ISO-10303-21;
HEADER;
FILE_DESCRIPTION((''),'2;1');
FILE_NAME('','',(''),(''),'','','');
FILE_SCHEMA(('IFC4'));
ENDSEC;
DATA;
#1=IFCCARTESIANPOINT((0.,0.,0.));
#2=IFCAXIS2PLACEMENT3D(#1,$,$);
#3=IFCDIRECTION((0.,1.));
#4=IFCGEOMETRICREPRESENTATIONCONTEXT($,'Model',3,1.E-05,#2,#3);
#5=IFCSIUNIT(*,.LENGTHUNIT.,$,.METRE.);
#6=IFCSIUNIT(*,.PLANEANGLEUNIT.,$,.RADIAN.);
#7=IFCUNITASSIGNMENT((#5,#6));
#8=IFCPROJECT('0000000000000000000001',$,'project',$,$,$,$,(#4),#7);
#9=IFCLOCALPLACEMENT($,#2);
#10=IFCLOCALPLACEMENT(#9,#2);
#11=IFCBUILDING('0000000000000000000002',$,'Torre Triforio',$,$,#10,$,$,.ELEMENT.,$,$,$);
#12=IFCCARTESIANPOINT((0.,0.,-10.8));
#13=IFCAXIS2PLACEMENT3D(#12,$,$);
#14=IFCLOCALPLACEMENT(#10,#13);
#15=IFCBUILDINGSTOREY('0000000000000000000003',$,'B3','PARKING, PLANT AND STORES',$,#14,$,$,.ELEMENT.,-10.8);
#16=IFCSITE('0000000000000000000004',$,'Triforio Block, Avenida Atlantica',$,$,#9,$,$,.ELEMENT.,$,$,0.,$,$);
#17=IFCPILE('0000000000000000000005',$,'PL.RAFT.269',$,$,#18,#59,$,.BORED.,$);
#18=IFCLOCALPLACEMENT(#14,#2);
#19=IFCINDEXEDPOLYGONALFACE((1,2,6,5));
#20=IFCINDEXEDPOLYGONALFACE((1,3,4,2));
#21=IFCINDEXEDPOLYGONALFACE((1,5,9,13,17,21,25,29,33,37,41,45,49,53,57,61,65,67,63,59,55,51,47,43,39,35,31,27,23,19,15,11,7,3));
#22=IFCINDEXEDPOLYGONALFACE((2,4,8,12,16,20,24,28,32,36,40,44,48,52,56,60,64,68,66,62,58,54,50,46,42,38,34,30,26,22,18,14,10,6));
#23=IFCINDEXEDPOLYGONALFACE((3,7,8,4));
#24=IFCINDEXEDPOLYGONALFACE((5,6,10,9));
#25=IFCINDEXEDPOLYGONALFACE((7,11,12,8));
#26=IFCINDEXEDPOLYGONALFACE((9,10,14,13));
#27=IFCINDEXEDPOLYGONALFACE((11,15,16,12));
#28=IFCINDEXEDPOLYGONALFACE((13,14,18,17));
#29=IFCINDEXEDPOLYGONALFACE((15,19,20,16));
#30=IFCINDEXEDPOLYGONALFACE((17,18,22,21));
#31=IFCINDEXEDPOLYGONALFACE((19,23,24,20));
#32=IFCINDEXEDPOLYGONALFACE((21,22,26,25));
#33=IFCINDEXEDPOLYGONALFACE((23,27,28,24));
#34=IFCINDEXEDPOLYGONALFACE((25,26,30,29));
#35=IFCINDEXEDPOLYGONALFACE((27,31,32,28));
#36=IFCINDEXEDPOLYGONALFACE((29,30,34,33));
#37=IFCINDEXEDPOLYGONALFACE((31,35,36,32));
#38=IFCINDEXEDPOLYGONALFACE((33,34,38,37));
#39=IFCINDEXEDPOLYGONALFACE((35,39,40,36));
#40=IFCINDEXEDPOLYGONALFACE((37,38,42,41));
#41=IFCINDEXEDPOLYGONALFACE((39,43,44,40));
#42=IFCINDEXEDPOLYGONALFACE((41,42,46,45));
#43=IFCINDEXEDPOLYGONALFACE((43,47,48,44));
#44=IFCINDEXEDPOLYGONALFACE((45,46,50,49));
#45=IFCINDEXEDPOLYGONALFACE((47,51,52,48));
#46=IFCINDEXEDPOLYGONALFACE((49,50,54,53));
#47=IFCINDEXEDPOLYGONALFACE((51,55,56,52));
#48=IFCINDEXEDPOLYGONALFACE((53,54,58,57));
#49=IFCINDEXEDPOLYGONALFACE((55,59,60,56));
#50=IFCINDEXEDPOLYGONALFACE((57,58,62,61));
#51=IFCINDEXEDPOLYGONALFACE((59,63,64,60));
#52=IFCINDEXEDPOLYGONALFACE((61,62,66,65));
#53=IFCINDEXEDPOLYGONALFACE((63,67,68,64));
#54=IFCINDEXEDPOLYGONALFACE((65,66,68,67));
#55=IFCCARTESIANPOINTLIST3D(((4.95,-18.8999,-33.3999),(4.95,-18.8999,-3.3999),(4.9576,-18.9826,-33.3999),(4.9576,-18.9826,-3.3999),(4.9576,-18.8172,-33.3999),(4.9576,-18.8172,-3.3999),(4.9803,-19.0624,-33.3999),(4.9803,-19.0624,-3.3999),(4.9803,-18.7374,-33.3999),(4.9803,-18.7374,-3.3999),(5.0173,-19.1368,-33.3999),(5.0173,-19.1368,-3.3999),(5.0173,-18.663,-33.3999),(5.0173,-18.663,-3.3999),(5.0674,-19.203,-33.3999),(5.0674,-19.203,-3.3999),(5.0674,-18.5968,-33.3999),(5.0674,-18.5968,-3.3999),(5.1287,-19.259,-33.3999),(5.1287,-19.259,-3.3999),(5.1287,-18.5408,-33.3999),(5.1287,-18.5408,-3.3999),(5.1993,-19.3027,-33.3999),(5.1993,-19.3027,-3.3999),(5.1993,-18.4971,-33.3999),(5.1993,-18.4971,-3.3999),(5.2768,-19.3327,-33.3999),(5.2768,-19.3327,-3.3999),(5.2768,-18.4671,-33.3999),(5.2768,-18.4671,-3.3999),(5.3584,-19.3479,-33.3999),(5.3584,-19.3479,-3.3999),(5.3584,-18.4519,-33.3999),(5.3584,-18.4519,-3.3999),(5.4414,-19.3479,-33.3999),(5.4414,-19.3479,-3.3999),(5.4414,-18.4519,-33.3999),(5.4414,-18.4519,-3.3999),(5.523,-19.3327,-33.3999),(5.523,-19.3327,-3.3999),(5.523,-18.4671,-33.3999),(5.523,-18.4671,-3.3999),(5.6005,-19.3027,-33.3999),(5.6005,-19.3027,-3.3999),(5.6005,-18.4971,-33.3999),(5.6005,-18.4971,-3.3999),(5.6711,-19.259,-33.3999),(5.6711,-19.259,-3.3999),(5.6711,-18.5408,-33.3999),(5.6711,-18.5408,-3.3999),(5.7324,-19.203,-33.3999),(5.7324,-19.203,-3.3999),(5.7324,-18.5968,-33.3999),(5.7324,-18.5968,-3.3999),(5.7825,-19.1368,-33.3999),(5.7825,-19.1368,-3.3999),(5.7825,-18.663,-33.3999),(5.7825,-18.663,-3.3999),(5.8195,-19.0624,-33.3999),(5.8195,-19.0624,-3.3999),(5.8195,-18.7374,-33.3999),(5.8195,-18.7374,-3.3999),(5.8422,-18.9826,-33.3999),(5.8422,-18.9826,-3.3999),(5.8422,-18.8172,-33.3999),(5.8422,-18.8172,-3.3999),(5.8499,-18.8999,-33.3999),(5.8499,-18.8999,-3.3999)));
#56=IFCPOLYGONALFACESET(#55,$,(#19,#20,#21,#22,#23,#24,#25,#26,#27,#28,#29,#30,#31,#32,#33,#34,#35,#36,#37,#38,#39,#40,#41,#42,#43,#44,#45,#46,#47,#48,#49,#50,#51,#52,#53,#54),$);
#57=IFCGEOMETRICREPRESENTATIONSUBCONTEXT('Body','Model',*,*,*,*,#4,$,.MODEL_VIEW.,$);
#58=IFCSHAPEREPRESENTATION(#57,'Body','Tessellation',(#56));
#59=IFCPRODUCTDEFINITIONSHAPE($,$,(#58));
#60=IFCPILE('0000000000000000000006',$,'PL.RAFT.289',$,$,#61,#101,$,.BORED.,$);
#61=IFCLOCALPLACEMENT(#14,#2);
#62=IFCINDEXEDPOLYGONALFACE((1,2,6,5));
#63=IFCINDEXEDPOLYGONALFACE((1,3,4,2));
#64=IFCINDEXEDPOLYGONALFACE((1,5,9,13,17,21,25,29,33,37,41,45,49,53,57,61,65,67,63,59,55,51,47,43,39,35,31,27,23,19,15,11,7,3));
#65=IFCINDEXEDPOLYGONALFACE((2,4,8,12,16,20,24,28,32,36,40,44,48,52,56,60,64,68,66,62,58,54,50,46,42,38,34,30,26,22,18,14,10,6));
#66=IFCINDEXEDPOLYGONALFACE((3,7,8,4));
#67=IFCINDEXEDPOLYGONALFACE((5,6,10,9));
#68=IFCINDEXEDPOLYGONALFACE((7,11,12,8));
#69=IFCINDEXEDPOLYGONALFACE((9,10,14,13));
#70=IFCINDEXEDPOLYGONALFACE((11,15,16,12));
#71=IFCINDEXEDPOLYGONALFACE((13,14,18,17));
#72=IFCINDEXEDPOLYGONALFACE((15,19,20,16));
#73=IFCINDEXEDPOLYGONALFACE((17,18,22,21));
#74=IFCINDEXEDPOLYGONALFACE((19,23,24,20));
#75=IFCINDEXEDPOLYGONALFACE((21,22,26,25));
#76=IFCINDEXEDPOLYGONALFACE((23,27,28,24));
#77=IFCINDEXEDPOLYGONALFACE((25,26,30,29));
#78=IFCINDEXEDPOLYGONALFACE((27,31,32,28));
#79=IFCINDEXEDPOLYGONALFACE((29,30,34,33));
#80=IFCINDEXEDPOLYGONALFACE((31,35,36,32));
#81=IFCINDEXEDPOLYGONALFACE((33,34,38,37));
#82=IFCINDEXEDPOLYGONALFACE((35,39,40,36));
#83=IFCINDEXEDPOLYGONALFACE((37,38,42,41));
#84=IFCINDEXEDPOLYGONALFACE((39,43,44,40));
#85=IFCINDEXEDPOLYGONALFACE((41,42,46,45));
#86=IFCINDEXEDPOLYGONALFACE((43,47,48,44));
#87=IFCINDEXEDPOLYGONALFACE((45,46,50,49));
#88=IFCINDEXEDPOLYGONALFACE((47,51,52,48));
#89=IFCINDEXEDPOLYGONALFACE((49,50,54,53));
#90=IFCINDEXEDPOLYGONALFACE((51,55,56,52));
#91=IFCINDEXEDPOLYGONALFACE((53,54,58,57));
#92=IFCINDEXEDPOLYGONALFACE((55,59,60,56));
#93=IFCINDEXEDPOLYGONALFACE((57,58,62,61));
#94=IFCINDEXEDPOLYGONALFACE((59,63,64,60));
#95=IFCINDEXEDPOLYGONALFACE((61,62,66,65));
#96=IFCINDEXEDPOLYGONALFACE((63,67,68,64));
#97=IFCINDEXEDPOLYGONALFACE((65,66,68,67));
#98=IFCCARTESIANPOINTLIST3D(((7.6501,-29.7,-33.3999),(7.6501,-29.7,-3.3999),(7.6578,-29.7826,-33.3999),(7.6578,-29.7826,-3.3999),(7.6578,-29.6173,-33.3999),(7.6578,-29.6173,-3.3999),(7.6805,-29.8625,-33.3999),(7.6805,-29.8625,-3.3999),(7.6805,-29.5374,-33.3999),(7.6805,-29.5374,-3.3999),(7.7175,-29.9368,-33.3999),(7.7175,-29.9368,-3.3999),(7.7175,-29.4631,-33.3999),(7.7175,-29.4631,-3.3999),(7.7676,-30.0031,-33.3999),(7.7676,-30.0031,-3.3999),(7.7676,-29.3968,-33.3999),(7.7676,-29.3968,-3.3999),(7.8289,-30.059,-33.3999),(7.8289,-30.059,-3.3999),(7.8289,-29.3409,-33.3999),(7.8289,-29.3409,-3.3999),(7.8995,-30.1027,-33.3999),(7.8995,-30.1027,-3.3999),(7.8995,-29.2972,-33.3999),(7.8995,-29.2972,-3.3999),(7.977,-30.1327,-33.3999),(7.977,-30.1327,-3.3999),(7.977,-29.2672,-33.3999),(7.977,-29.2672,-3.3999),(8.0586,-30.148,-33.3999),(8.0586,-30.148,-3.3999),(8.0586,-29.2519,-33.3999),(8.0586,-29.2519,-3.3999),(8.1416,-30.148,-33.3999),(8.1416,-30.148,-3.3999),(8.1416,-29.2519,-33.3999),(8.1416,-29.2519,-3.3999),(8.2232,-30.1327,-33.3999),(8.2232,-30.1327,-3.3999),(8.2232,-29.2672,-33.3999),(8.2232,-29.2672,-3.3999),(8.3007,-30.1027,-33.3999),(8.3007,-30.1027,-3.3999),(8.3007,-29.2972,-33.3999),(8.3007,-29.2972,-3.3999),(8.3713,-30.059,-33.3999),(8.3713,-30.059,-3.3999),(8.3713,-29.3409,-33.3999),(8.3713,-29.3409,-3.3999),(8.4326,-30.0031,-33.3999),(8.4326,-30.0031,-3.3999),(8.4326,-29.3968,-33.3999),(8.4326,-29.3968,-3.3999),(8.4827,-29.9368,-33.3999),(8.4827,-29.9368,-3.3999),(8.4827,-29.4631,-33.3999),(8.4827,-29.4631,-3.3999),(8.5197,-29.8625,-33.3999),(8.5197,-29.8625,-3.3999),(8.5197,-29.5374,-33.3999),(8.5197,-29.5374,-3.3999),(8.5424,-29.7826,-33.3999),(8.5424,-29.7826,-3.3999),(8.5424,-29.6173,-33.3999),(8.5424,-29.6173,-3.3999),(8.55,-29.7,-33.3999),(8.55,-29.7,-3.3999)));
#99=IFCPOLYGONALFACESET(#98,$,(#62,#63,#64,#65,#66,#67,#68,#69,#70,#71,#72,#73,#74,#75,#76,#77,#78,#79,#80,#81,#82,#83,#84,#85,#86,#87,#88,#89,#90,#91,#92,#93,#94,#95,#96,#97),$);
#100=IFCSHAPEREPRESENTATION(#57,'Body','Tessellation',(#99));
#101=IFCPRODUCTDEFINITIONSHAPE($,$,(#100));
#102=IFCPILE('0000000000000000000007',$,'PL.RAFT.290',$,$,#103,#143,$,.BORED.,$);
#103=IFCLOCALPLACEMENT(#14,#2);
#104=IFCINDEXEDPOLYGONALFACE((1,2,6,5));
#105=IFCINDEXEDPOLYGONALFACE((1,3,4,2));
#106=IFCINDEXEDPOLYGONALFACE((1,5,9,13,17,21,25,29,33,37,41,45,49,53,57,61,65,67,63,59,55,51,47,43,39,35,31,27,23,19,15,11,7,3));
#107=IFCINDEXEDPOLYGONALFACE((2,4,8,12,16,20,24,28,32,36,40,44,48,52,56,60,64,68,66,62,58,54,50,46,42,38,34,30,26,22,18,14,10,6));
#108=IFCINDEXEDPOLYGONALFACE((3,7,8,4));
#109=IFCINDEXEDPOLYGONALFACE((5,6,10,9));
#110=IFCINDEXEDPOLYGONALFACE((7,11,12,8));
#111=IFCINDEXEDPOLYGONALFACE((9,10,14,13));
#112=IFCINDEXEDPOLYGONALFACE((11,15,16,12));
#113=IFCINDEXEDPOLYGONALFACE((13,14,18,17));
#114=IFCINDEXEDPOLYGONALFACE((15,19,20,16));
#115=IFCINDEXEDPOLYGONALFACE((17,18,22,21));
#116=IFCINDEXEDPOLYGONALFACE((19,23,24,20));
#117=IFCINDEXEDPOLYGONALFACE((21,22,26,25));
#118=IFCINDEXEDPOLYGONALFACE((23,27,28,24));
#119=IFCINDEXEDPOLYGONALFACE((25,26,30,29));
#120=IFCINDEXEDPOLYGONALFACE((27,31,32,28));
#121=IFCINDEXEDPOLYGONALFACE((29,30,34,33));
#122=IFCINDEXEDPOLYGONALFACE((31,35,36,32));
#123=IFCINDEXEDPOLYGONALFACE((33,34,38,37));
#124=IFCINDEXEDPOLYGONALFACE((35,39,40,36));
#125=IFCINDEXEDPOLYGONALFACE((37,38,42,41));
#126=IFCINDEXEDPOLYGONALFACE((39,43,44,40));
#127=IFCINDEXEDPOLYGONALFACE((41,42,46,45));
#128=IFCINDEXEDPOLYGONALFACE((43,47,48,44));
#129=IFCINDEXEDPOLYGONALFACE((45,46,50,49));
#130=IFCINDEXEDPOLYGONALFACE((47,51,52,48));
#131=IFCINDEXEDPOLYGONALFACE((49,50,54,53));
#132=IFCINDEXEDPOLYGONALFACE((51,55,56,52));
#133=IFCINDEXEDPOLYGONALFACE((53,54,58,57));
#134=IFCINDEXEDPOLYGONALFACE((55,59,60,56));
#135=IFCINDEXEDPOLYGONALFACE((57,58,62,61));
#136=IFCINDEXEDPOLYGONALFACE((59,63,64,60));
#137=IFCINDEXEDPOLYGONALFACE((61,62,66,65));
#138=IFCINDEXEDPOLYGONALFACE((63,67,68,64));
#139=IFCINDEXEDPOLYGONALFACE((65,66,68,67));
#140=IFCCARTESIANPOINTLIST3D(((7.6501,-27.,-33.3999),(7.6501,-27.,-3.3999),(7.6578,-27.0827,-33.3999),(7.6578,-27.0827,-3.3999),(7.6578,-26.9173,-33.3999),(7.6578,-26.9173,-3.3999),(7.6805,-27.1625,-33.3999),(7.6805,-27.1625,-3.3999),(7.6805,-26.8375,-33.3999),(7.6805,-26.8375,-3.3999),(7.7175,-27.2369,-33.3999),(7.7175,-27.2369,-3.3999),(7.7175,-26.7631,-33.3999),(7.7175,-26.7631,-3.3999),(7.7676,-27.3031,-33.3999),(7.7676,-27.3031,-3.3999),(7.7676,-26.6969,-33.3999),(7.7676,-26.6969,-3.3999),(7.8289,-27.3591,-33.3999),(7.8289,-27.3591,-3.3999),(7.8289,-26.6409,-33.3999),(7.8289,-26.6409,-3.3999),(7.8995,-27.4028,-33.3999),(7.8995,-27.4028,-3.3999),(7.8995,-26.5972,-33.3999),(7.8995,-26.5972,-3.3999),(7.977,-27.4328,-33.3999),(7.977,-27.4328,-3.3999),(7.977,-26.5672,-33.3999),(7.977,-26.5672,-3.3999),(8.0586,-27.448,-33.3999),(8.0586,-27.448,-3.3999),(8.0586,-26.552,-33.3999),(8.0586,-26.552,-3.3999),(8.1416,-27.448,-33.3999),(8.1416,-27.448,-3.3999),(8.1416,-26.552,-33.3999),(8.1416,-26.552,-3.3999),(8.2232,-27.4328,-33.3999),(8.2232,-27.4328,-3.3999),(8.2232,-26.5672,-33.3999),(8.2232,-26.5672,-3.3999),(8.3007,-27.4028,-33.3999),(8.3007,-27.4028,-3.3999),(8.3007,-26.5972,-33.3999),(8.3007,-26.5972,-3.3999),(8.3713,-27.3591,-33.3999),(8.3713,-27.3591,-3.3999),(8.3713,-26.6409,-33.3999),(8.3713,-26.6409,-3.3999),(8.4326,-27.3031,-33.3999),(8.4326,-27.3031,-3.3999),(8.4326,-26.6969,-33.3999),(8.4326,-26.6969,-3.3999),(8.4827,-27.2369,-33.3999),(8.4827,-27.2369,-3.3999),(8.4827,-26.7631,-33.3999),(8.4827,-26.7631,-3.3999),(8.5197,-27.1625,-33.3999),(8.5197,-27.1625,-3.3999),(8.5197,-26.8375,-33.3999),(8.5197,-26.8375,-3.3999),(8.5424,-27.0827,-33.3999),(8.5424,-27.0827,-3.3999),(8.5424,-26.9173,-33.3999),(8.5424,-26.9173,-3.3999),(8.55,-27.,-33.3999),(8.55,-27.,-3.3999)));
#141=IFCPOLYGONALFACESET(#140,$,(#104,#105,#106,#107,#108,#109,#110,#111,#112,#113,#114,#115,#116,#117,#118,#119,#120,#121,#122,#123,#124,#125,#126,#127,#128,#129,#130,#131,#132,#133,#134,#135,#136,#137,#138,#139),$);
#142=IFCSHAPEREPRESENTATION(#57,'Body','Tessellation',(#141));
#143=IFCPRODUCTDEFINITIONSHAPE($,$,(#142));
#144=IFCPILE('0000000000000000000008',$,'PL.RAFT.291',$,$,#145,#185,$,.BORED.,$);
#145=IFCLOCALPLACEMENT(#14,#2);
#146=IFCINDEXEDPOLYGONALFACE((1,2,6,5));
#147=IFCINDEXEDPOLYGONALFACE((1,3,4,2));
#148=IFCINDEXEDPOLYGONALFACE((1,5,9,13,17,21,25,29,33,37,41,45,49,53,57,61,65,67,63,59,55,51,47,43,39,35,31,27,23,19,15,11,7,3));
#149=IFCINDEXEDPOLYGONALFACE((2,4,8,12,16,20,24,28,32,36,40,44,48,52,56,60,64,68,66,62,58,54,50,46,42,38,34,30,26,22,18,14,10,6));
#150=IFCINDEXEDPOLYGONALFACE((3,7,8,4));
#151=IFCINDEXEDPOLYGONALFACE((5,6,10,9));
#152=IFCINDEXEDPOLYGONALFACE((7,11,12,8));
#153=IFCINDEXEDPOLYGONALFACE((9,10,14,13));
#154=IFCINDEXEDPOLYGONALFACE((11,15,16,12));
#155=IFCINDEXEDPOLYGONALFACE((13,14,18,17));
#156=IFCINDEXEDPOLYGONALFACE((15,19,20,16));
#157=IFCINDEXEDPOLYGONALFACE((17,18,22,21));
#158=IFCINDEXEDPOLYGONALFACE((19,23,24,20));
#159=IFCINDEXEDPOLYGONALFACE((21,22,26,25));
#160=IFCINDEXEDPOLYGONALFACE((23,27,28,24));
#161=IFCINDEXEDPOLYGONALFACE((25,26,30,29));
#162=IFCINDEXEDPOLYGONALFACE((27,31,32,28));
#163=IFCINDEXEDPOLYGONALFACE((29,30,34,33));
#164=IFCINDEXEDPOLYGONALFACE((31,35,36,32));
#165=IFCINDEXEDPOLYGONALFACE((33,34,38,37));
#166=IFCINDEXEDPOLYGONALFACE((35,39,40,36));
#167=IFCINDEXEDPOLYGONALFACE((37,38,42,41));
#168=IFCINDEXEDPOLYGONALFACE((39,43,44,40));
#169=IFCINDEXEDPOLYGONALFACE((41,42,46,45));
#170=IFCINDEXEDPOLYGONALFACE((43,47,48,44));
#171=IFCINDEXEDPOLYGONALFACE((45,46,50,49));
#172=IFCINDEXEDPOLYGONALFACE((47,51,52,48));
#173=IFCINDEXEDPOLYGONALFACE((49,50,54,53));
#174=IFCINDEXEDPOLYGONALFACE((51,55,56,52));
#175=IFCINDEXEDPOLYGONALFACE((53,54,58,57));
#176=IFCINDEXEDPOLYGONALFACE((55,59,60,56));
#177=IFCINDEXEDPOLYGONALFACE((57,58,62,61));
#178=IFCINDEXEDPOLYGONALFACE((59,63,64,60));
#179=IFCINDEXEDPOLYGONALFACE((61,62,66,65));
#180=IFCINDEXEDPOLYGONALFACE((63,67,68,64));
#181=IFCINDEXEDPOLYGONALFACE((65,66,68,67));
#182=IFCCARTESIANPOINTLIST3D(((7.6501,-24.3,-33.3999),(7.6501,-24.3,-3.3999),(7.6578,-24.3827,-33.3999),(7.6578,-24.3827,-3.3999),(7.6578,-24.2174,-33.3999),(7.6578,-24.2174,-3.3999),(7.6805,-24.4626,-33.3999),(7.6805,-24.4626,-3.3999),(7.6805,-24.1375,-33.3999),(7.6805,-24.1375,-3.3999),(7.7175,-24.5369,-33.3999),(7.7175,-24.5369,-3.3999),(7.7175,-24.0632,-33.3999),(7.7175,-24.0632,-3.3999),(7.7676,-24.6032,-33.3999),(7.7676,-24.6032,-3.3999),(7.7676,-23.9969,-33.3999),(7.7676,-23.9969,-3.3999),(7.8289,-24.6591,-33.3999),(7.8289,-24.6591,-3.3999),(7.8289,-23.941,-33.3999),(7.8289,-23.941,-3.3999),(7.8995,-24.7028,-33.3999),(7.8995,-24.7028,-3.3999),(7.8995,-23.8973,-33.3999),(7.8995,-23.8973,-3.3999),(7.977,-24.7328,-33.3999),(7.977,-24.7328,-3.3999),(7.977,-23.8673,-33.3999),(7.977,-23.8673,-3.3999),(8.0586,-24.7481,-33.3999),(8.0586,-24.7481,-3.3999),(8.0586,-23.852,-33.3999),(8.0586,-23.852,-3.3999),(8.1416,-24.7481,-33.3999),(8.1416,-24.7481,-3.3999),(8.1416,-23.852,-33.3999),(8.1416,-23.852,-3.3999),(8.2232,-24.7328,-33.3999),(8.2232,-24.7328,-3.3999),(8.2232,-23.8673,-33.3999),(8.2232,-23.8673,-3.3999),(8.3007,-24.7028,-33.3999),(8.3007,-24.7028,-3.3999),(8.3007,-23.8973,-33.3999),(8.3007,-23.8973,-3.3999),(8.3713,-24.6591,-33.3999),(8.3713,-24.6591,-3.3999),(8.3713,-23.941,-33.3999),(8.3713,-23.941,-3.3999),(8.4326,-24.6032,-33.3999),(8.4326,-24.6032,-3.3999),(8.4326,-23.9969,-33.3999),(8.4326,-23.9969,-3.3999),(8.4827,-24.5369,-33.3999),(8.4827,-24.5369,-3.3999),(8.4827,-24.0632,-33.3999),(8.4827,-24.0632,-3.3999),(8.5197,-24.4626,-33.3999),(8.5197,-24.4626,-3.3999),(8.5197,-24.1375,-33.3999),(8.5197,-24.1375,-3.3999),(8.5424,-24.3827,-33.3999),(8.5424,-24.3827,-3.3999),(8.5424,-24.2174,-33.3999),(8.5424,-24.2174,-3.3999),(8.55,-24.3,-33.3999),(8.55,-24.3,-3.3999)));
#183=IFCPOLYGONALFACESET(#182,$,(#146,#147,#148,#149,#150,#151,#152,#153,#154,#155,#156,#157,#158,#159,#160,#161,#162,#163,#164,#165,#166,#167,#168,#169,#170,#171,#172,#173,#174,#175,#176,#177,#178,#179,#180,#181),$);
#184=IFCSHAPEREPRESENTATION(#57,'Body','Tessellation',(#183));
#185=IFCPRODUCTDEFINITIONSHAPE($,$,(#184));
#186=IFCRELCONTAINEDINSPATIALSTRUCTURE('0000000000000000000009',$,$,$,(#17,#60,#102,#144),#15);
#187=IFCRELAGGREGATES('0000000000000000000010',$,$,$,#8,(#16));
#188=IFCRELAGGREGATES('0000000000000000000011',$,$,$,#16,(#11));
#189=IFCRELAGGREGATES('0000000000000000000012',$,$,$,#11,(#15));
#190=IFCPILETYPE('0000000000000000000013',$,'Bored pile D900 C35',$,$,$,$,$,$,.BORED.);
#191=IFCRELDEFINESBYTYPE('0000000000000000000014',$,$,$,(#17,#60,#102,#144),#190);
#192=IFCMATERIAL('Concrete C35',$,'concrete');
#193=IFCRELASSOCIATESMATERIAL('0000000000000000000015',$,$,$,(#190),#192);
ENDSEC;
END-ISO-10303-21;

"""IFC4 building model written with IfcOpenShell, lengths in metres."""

from ifc_helpers import new_model, si_unit, direction, frame, origin, origin_2d, place, context, subcontext, project, spatial, circle, extrude, material, material_profile, profile_set, type_object, element, save


model = new_model("IFC4")

# Units and contexts
model_context = context("Model", 3, precision=1e-05, world=origin(), true_north=direction((0.0, 1.0)))
body_context = subcontext(model_context, "Body", "Model", "MODEL_VIEW")
ifc_project = project(units=[si_unit("LENGTHUNIT", "METRE"), si_unit("PLANEANGLEUNIT", "RADIAN")], contexts=[model_context])

# Site, building, storey
site_placement = place(None, origin())
site = spatial("IfcSite", under=ifc_project, at=site_placement, Name="Triforio Block, Avenida Atlantica", CompositionType="ELEMENT", RefElevation=0.0)
building_placement = place(site_placement, origin())
building = spatial("IfcBuilding", under=site, at=building_placement, Name="Torre Triforio", CompositionType="ELEMENT")
storey_placement = place(building_placement, frame((0.0, 0.0, -10.8)))
storey = spatial("IfcBuildingStorey", under=building, at=storey_placement, Name="B3", Description="PARKING, PLANT AND STORES", CompositionType="ELEMENT", Elevation=-10.8)

# Piles
ifc_material_1 = material(Name="Concrete C35", Category="concrete")
ifc_material_profile_1 = material_profile(ifc_material_1, circle(Radius=0.45, at=origin_2d()), Name="RC D900")
ifc_profile_set_1 = profile_set([ifc_material_profile_1], Name="Concrete C35")
pile_type = type_object("IfcPileType", Name="Bored pile D900 C35", PredefinedType="BORED", material=ifc_profile_set_1)
for number, where, z_axis, x_axis, name in (
    (1, (5.3999, -18.8999, -3.3999), (0.0, 0.0, -1.0), (1.0, 0.0, 0.0), "PL.RAFT.269"),
    (2, (8.1001, -29.7, -3.3999), (0.0, 0.0, -1.0), (1.0, 0.0, 0.0), "PL.RAFT.289"),
    (3, (8.1001, -27.0, -3.3999), (0.0, 0.0, -1.0), (1.0, 0.0, 0.0), "PL.RAFT.290"),
    (4, (8.1001, -24.3, -3.3999), (0.0, 0.0, -1.0), (1.0, 0.0, 0.0), "PL.RAFT.291"),
):
    element("IfcPile", number, at=place(storey_placement, frame(where, z_axis=z_axis, x_axis=x_axis)), inside=storey, type_object=pile_type, Name=name, PredefinedType="BORED", context=body_context, shape_type="SweptSolid", body=[
        extrude(circle(Radius=0.45, at=origin_2d()), origin(), (0.0, 0.0, 1.0), 30.0),
    ])

save(model, "model.ifc")
